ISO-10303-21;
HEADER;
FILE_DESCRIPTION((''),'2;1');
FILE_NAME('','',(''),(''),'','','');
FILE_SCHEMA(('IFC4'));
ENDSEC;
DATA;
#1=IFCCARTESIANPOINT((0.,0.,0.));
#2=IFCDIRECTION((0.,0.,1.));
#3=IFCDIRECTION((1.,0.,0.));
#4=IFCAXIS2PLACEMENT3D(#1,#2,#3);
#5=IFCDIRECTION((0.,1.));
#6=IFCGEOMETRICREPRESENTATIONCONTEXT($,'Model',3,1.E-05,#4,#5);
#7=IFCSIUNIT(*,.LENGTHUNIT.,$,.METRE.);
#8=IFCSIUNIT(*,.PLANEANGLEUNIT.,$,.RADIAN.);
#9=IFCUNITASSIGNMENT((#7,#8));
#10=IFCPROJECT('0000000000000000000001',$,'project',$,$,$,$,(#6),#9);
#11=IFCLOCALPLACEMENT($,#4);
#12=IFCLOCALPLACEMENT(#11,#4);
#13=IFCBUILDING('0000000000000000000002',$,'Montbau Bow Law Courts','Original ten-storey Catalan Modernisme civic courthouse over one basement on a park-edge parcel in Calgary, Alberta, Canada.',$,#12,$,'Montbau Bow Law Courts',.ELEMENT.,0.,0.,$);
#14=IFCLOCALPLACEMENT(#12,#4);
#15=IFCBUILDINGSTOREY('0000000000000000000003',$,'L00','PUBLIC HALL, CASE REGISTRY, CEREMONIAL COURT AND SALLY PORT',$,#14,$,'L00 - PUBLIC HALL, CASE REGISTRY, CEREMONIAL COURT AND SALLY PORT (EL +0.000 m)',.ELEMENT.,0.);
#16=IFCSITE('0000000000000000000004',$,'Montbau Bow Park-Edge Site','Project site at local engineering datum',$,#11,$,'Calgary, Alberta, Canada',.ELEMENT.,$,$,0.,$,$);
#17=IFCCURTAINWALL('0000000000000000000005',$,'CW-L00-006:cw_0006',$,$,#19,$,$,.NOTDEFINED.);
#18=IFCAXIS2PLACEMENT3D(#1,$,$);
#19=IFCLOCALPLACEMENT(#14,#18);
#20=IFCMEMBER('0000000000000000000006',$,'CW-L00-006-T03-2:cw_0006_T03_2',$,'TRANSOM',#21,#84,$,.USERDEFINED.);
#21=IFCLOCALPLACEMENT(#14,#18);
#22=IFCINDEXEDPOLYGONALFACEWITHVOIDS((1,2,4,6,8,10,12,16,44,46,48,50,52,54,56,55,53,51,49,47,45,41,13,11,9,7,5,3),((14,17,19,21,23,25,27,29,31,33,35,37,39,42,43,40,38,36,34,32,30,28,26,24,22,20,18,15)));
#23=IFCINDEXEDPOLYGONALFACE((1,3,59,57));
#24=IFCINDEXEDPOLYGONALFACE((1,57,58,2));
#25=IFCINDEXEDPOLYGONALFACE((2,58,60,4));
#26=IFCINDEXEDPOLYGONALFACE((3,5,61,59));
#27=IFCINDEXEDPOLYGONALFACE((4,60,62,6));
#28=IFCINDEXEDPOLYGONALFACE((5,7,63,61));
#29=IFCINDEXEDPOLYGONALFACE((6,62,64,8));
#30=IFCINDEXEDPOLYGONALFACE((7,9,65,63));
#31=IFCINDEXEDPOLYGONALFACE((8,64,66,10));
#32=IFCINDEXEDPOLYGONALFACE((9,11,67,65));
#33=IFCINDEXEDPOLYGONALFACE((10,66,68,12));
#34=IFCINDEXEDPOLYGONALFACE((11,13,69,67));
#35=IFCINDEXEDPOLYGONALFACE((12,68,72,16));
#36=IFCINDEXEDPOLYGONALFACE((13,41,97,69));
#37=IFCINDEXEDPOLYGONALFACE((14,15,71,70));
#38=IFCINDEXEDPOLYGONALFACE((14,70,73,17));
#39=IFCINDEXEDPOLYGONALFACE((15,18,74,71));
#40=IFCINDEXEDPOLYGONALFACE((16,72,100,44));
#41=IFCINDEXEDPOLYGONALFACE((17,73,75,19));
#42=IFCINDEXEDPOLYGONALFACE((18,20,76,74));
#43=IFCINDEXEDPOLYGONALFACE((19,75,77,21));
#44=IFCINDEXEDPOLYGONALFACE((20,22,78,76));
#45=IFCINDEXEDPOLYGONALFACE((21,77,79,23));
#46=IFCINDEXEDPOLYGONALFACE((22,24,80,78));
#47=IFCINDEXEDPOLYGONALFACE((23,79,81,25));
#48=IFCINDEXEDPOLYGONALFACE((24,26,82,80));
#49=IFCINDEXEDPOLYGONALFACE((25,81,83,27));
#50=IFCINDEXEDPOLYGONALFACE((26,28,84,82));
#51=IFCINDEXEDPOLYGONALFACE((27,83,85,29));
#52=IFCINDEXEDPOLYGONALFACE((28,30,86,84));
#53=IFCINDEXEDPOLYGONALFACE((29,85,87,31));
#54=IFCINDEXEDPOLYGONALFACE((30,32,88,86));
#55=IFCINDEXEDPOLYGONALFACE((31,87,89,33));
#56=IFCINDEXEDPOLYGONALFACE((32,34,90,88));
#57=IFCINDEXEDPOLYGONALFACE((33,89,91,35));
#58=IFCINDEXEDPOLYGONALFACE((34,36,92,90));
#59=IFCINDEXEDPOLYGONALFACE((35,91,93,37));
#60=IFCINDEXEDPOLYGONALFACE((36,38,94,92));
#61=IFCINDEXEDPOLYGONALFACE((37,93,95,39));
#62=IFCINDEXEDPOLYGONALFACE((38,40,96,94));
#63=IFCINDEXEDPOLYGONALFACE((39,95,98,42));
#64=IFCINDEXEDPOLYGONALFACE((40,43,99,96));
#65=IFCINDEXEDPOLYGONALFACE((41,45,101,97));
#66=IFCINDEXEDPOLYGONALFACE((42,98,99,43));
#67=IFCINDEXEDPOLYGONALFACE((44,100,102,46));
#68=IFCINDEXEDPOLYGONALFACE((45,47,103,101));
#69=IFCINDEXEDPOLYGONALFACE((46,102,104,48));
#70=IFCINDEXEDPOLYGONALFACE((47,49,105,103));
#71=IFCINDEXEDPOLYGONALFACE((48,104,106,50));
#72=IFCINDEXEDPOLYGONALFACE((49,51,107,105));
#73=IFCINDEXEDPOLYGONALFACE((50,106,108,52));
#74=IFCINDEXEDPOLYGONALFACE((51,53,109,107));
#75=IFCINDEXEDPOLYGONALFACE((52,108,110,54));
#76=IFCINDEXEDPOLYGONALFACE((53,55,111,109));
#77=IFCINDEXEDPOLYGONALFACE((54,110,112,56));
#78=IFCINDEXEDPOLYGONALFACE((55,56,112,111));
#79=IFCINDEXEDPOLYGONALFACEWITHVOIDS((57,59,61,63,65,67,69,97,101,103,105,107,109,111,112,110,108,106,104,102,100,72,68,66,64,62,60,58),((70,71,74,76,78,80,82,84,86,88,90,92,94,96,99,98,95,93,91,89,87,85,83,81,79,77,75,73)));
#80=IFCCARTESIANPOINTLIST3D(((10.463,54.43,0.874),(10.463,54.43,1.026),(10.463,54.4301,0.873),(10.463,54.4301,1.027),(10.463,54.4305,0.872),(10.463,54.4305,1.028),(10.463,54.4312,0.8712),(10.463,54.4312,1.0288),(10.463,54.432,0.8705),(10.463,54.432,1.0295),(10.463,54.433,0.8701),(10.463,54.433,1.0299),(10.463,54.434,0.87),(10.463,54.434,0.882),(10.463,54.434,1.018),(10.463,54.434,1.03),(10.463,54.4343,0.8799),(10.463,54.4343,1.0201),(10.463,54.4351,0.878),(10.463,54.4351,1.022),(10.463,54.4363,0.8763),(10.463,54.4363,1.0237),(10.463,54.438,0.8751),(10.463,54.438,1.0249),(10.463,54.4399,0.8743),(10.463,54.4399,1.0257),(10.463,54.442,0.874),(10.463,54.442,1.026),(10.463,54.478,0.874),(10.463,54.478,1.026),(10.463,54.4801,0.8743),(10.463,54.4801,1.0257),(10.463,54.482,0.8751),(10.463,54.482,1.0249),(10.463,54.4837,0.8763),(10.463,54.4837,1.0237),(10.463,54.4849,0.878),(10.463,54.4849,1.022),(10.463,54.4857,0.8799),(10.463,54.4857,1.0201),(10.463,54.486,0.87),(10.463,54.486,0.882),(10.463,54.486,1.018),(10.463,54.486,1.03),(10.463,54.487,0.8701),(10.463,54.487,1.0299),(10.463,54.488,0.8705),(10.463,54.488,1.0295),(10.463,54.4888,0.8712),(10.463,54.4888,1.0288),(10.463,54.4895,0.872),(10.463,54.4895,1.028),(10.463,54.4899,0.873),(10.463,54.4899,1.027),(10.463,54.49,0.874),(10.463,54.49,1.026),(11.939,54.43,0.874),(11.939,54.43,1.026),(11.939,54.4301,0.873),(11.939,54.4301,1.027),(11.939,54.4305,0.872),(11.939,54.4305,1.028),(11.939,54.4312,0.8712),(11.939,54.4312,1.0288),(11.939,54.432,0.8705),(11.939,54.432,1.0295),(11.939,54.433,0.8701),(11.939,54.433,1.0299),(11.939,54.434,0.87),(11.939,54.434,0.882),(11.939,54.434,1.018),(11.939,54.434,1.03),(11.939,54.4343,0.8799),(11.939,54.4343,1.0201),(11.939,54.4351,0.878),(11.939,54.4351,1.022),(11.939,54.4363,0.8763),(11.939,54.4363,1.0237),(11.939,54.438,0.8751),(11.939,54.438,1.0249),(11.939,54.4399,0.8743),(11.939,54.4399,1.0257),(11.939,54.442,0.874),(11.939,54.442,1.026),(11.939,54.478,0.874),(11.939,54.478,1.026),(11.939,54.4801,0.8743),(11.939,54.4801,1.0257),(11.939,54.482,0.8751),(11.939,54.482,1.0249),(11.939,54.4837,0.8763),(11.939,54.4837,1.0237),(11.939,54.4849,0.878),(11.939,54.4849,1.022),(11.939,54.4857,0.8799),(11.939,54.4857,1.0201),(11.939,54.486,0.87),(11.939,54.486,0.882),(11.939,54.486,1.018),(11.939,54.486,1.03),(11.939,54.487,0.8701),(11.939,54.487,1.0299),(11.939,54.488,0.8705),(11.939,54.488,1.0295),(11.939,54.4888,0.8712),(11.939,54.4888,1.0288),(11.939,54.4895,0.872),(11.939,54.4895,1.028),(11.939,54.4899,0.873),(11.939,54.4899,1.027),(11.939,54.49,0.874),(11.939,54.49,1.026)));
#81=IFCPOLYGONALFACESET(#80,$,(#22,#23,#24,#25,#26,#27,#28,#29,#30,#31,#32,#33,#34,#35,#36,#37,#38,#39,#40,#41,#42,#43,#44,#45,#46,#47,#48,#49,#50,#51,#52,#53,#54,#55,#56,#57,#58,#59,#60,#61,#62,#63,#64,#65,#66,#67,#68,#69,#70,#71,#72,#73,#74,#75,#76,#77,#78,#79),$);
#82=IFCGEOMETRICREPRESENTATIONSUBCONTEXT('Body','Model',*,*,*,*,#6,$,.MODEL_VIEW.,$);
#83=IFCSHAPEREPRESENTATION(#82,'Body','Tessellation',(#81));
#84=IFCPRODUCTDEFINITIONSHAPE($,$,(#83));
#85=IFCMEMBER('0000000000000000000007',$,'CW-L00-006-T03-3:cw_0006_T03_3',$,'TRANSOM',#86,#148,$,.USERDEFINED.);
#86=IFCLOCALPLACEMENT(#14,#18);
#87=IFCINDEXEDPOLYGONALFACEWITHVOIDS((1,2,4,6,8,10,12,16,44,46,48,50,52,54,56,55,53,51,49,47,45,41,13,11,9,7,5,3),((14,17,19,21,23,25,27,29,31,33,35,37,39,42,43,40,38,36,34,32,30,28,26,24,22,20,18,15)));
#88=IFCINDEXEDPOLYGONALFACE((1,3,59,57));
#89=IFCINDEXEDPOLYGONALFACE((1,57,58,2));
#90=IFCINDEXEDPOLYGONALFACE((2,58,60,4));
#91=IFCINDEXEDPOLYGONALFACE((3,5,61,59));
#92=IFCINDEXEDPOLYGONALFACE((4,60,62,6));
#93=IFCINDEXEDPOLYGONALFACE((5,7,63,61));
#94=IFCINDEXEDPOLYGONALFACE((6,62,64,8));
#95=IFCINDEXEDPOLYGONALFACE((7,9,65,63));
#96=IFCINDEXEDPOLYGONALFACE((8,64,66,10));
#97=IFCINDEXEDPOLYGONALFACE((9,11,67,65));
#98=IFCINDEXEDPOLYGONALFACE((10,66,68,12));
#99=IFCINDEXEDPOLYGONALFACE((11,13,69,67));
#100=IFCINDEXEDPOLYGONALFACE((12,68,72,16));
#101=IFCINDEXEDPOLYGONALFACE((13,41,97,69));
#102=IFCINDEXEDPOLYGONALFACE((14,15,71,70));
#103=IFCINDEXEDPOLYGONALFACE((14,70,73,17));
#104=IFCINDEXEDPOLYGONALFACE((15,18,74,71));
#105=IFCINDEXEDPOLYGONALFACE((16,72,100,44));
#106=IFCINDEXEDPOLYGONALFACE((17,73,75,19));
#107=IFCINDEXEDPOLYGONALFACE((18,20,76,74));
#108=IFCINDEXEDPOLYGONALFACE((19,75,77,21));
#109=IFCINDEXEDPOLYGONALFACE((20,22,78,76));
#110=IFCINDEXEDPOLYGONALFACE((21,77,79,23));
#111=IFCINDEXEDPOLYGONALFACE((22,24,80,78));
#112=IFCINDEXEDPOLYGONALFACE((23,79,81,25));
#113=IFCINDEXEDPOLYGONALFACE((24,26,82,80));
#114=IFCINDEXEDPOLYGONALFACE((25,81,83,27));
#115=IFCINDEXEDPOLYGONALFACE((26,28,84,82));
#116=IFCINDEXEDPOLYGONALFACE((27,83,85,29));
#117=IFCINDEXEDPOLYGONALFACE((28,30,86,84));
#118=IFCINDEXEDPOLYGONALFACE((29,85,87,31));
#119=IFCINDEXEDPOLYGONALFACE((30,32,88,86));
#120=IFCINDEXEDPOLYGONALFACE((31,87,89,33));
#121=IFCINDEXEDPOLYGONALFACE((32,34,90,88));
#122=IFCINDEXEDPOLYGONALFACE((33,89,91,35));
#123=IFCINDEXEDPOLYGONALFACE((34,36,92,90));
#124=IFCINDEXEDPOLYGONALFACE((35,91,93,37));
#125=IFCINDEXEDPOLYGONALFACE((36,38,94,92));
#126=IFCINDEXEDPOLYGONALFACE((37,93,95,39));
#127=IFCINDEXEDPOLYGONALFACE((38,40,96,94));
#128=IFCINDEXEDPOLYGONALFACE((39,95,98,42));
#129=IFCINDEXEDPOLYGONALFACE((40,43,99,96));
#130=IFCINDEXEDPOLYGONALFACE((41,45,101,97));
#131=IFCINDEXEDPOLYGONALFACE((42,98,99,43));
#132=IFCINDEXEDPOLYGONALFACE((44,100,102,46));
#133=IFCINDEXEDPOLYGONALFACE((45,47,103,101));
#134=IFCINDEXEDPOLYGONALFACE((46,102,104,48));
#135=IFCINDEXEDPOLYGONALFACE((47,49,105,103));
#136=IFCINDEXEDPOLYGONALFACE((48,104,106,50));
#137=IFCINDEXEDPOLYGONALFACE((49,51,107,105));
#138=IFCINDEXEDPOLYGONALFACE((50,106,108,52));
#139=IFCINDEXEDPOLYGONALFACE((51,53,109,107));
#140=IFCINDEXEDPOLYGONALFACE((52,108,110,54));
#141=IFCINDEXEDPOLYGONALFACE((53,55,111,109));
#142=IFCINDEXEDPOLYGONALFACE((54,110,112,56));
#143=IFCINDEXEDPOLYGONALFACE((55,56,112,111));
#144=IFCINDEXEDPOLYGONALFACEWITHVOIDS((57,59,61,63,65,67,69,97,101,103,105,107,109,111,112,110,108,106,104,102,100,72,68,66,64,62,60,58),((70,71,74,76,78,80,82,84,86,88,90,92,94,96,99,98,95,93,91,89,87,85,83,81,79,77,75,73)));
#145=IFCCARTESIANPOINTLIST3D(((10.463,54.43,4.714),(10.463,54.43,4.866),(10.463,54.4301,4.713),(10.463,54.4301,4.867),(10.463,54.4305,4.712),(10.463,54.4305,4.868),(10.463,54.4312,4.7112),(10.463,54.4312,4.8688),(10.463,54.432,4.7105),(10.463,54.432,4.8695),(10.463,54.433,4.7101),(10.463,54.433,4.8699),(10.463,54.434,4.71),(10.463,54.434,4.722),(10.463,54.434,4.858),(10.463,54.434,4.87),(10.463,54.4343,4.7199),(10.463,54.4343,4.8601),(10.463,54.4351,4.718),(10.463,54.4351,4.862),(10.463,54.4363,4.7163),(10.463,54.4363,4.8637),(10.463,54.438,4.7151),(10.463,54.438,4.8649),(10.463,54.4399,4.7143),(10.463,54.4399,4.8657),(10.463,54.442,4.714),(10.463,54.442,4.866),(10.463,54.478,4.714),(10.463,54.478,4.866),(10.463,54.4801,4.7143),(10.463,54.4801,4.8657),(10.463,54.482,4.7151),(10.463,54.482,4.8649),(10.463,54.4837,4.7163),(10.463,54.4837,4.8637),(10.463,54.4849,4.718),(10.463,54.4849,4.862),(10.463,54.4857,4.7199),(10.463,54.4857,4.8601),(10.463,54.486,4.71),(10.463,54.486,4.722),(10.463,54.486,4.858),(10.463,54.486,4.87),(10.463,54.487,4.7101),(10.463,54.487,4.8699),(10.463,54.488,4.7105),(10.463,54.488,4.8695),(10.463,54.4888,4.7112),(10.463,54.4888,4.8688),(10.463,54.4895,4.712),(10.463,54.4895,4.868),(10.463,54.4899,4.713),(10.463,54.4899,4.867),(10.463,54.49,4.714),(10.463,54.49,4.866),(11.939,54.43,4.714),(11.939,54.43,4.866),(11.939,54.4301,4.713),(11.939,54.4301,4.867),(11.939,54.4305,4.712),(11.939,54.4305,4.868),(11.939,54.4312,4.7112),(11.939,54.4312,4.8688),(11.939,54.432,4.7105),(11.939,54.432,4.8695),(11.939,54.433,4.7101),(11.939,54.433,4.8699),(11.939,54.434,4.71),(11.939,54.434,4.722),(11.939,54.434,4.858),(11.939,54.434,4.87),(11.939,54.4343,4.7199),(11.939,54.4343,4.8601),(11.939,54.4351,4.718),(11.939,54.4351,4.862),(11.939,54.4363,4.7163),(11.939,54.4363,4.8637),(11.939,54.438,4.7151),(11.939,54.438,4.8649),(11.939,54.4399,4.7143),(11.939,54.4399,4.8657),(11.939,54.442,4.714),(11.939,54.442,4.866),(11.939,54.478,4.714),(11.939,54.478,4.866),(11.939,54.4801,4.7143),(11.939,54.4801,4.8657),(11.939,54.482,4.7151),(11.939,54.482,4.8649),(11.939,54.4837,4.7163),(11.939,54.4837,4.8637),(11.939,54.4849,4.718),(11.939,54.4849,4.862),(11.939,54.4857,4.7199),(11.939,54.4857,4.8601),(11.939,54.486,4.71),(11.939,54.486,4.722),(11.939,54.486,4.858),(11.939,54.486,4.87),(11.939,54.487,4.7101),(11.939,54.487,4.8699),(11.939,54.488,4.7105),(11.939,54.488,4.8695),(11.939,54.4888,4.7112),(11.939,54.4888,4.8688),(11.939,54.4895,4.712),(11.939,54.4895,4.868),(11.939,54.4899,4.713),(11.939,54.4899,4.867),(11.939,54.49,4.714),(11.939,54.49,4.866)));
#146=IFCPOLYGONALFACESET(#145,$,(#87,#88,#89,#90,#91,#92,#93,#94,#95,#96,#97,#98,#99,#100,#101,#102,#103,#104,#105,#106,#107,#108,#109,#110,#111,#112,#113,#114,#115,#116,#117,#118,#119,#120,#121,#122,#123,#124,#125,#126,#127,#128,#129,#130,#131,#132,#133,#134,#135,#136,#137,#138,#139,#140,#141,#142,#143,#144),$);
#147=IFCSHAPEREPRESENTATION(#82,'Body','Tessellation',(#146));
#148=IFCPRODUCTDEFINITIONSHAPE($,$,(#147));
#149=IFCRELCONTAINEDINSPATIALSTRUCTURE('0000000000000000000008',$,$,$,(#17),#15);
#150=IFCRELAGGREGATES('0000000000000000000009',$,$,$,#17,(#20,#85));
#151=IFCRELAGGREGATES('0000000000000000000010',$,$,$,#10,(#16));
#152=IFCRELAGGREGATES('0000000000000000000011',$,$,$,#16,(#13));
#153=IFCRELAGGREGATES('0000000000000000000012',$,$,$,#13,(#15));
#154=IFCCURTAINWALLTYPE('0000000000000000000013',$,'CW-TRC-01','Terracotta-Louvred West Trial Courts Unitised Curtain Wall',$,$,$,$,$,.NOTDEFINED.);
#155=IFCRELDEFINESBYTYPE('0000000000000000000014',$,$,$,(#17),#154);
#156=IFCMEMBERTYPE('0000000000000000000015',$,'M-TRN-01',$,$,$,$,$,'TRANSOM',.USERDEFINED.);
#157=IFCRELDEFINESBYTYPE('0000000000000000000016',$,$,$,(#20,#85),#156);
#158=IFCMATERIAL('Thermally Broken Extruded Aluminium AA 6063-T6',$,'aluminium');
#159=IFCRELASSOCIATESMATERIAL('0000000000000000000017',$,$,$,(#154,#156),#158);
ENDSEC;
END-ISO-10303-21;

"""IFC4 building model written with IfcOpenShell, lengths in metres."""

from ifc_helpers import new_model, si_unit, direction, frame, origin_with_axes, origin_2d_with_axis, place, context, subcontext, project, spatial, hollow_rectangle, extrude, material, material_profile, profile_set, type_object, element, aggregate, save


model = new_model("IFC4")

# Units and contexts
model_context = context("Model", 3, precision=1e-05, world=origin_with_axes(), true_north=direction((0.0, 1.0)))
body_context = subcontext(model_context, "Body", "Model", "MODEL_VIEW")
ifc_project = project(units=[si_unit("LENGTHUNIT", "METRE"), si_unit("PLANEANGLEUNIT", "RADIAN")], contexts=[model_context])

# Site, building, storey
site_placement = place(None, origin_with_axes())
site = spatial("IfcSite", under=ifc_project, at=site_placement, Name="Montbau Bow Park-Edge Site", Description="Project site at local engineering datum", LongName="Calgary, Alberta, Canada", CompositionType="ELEMENT", RefElevation=0.0)
building_placement = place(site_placement, origin_with_axes())
building = spatial("IfcBuilding", under=site, at=building_placement, Name="Montbau Bow Law Courts", Description="Original ten-storey Catalan Modernisme civic courthouse over one basement on a park-edge parcel in Calgary, Alberta, Canada.", LongName="Montbau Bow Law Courts", CompositionType="ELEMENT", ElevationOfRefHeight=0.0, ElevationOfTerrain=0.0)
storey_placement = place(building_placement, origin_with_axes())
storey = spatial("IfcBuildingStorey", under=building, at=storey_placement, Name="L00", Description="PUBLIC HALL, CASE REGISTRY, CEREMONIAL COURT AND SALLY PORT", LongName="L00 - PUBLIC HALL, CASE REGISTRY, CEREMONIAL COURT AND SALLY PORT (EL +0.000 m)", CompositionType="ELEMENT", Elevation=0.0)

# Curtain wall, members
ifc_material_1 = material(Name="Thermally Broken Extruded Aluminium AA 6063-T6", Category="aluminium")
curtain_wall_type = type_object("IfcCurtainWallType", Name="CW-TRC-01", Description="Terracotta-Louvred West Trial Courts Unitised Curtain Wall", PredefinedType="NOTDEFINED", material=ifc_material_1)
curtain_wall_1_placement = place(None, frame((7.315, 54.46, 0.0), z_axis=(0.0, 0.0, 1.0), x_axis=(1.0, 0.0, 0.0)))
curtain_wall_1 = element("IfcCurtainWall", 1, at=curtain_wall_1_placement, inside=storey, type_object=curtain_wall_type, Name="CW-L00-006:cw_0006", PredefinedType="NOTDEFINED")
ifc_material_profile = material_profile(ifc_material_1, hollow_rectangle(XDim=0.06, YDim=0.16, WallThickness=0.004, InnerFilletRadius=0.008, OuterFilletRadius=0.004, at=origin_2d_with_axis()), Name="CWT-160X60", Category="Main", Priority=0)
ifc_profile_set = profile_set([ifc_material_profile], Name="Thermally Broken Extruded Aluminium AA 6063-T6")
member_type = type_object("IfcMemberType", Name="M-TRN-01", ElementType="TRANSOM", PredefinedType="USERDEFINED", material=ifc_profile_set)
member_1_placement = place(None, frame((10.463, 54.46, 0.95), z_axis=(1.0, 0.0, 0.0), x_axis=(0.0, 1.0, 0.0)))
member_1 = element("IfcMember", 2, at=member_1_placement, type_object=member_type, Name="CW-L00-006-T03-2:cw_0006_T03_2", ObjectType="TRANSOM", PredefinedType="USERDEFINED", context=body_context, shape_type="SweptSolid", body=[
    extrude(hollow_rectangle(XDim=0.06, YDim=0.16, WallThickness=0.004, InnerFilletRadius=0.008, OuterFilletRadius=0.004, at=origin_2d_with_axis()), origin_with_axes(), (0.0, 0.0, 1.0), 1.476),
])
member_2_placement = place(None, frame((10.463, 54.46, 4.79), z_axis=(1.0, 0.0, 0.0), x_axis=(0.0, 1.0, 0.0)))
member_2 = element("IfcMember", 3, at=member_2_placement, type_object=member_type, Name="CW-L00-006-T03-3:cw_0006_T03_3", ObjectType="TRANSOM", PredefinedType="USERDEFINED", context=body_context, shape_type="SweptSolid", body=[
    extrude(hollow_rectangle(XDim=0.06, YDim=0.16, WallThickness=0.004, InnerFilletRadius=0.008, OuterFilletRadius=0.004, at=origin_2d_with_axis()), origin_with_axes(), (0.0, 0.0, 1.0), 1.476),
])

aggregate(curtain_wall_1, [member_1, member_2])

save(model, "model.ifc")
